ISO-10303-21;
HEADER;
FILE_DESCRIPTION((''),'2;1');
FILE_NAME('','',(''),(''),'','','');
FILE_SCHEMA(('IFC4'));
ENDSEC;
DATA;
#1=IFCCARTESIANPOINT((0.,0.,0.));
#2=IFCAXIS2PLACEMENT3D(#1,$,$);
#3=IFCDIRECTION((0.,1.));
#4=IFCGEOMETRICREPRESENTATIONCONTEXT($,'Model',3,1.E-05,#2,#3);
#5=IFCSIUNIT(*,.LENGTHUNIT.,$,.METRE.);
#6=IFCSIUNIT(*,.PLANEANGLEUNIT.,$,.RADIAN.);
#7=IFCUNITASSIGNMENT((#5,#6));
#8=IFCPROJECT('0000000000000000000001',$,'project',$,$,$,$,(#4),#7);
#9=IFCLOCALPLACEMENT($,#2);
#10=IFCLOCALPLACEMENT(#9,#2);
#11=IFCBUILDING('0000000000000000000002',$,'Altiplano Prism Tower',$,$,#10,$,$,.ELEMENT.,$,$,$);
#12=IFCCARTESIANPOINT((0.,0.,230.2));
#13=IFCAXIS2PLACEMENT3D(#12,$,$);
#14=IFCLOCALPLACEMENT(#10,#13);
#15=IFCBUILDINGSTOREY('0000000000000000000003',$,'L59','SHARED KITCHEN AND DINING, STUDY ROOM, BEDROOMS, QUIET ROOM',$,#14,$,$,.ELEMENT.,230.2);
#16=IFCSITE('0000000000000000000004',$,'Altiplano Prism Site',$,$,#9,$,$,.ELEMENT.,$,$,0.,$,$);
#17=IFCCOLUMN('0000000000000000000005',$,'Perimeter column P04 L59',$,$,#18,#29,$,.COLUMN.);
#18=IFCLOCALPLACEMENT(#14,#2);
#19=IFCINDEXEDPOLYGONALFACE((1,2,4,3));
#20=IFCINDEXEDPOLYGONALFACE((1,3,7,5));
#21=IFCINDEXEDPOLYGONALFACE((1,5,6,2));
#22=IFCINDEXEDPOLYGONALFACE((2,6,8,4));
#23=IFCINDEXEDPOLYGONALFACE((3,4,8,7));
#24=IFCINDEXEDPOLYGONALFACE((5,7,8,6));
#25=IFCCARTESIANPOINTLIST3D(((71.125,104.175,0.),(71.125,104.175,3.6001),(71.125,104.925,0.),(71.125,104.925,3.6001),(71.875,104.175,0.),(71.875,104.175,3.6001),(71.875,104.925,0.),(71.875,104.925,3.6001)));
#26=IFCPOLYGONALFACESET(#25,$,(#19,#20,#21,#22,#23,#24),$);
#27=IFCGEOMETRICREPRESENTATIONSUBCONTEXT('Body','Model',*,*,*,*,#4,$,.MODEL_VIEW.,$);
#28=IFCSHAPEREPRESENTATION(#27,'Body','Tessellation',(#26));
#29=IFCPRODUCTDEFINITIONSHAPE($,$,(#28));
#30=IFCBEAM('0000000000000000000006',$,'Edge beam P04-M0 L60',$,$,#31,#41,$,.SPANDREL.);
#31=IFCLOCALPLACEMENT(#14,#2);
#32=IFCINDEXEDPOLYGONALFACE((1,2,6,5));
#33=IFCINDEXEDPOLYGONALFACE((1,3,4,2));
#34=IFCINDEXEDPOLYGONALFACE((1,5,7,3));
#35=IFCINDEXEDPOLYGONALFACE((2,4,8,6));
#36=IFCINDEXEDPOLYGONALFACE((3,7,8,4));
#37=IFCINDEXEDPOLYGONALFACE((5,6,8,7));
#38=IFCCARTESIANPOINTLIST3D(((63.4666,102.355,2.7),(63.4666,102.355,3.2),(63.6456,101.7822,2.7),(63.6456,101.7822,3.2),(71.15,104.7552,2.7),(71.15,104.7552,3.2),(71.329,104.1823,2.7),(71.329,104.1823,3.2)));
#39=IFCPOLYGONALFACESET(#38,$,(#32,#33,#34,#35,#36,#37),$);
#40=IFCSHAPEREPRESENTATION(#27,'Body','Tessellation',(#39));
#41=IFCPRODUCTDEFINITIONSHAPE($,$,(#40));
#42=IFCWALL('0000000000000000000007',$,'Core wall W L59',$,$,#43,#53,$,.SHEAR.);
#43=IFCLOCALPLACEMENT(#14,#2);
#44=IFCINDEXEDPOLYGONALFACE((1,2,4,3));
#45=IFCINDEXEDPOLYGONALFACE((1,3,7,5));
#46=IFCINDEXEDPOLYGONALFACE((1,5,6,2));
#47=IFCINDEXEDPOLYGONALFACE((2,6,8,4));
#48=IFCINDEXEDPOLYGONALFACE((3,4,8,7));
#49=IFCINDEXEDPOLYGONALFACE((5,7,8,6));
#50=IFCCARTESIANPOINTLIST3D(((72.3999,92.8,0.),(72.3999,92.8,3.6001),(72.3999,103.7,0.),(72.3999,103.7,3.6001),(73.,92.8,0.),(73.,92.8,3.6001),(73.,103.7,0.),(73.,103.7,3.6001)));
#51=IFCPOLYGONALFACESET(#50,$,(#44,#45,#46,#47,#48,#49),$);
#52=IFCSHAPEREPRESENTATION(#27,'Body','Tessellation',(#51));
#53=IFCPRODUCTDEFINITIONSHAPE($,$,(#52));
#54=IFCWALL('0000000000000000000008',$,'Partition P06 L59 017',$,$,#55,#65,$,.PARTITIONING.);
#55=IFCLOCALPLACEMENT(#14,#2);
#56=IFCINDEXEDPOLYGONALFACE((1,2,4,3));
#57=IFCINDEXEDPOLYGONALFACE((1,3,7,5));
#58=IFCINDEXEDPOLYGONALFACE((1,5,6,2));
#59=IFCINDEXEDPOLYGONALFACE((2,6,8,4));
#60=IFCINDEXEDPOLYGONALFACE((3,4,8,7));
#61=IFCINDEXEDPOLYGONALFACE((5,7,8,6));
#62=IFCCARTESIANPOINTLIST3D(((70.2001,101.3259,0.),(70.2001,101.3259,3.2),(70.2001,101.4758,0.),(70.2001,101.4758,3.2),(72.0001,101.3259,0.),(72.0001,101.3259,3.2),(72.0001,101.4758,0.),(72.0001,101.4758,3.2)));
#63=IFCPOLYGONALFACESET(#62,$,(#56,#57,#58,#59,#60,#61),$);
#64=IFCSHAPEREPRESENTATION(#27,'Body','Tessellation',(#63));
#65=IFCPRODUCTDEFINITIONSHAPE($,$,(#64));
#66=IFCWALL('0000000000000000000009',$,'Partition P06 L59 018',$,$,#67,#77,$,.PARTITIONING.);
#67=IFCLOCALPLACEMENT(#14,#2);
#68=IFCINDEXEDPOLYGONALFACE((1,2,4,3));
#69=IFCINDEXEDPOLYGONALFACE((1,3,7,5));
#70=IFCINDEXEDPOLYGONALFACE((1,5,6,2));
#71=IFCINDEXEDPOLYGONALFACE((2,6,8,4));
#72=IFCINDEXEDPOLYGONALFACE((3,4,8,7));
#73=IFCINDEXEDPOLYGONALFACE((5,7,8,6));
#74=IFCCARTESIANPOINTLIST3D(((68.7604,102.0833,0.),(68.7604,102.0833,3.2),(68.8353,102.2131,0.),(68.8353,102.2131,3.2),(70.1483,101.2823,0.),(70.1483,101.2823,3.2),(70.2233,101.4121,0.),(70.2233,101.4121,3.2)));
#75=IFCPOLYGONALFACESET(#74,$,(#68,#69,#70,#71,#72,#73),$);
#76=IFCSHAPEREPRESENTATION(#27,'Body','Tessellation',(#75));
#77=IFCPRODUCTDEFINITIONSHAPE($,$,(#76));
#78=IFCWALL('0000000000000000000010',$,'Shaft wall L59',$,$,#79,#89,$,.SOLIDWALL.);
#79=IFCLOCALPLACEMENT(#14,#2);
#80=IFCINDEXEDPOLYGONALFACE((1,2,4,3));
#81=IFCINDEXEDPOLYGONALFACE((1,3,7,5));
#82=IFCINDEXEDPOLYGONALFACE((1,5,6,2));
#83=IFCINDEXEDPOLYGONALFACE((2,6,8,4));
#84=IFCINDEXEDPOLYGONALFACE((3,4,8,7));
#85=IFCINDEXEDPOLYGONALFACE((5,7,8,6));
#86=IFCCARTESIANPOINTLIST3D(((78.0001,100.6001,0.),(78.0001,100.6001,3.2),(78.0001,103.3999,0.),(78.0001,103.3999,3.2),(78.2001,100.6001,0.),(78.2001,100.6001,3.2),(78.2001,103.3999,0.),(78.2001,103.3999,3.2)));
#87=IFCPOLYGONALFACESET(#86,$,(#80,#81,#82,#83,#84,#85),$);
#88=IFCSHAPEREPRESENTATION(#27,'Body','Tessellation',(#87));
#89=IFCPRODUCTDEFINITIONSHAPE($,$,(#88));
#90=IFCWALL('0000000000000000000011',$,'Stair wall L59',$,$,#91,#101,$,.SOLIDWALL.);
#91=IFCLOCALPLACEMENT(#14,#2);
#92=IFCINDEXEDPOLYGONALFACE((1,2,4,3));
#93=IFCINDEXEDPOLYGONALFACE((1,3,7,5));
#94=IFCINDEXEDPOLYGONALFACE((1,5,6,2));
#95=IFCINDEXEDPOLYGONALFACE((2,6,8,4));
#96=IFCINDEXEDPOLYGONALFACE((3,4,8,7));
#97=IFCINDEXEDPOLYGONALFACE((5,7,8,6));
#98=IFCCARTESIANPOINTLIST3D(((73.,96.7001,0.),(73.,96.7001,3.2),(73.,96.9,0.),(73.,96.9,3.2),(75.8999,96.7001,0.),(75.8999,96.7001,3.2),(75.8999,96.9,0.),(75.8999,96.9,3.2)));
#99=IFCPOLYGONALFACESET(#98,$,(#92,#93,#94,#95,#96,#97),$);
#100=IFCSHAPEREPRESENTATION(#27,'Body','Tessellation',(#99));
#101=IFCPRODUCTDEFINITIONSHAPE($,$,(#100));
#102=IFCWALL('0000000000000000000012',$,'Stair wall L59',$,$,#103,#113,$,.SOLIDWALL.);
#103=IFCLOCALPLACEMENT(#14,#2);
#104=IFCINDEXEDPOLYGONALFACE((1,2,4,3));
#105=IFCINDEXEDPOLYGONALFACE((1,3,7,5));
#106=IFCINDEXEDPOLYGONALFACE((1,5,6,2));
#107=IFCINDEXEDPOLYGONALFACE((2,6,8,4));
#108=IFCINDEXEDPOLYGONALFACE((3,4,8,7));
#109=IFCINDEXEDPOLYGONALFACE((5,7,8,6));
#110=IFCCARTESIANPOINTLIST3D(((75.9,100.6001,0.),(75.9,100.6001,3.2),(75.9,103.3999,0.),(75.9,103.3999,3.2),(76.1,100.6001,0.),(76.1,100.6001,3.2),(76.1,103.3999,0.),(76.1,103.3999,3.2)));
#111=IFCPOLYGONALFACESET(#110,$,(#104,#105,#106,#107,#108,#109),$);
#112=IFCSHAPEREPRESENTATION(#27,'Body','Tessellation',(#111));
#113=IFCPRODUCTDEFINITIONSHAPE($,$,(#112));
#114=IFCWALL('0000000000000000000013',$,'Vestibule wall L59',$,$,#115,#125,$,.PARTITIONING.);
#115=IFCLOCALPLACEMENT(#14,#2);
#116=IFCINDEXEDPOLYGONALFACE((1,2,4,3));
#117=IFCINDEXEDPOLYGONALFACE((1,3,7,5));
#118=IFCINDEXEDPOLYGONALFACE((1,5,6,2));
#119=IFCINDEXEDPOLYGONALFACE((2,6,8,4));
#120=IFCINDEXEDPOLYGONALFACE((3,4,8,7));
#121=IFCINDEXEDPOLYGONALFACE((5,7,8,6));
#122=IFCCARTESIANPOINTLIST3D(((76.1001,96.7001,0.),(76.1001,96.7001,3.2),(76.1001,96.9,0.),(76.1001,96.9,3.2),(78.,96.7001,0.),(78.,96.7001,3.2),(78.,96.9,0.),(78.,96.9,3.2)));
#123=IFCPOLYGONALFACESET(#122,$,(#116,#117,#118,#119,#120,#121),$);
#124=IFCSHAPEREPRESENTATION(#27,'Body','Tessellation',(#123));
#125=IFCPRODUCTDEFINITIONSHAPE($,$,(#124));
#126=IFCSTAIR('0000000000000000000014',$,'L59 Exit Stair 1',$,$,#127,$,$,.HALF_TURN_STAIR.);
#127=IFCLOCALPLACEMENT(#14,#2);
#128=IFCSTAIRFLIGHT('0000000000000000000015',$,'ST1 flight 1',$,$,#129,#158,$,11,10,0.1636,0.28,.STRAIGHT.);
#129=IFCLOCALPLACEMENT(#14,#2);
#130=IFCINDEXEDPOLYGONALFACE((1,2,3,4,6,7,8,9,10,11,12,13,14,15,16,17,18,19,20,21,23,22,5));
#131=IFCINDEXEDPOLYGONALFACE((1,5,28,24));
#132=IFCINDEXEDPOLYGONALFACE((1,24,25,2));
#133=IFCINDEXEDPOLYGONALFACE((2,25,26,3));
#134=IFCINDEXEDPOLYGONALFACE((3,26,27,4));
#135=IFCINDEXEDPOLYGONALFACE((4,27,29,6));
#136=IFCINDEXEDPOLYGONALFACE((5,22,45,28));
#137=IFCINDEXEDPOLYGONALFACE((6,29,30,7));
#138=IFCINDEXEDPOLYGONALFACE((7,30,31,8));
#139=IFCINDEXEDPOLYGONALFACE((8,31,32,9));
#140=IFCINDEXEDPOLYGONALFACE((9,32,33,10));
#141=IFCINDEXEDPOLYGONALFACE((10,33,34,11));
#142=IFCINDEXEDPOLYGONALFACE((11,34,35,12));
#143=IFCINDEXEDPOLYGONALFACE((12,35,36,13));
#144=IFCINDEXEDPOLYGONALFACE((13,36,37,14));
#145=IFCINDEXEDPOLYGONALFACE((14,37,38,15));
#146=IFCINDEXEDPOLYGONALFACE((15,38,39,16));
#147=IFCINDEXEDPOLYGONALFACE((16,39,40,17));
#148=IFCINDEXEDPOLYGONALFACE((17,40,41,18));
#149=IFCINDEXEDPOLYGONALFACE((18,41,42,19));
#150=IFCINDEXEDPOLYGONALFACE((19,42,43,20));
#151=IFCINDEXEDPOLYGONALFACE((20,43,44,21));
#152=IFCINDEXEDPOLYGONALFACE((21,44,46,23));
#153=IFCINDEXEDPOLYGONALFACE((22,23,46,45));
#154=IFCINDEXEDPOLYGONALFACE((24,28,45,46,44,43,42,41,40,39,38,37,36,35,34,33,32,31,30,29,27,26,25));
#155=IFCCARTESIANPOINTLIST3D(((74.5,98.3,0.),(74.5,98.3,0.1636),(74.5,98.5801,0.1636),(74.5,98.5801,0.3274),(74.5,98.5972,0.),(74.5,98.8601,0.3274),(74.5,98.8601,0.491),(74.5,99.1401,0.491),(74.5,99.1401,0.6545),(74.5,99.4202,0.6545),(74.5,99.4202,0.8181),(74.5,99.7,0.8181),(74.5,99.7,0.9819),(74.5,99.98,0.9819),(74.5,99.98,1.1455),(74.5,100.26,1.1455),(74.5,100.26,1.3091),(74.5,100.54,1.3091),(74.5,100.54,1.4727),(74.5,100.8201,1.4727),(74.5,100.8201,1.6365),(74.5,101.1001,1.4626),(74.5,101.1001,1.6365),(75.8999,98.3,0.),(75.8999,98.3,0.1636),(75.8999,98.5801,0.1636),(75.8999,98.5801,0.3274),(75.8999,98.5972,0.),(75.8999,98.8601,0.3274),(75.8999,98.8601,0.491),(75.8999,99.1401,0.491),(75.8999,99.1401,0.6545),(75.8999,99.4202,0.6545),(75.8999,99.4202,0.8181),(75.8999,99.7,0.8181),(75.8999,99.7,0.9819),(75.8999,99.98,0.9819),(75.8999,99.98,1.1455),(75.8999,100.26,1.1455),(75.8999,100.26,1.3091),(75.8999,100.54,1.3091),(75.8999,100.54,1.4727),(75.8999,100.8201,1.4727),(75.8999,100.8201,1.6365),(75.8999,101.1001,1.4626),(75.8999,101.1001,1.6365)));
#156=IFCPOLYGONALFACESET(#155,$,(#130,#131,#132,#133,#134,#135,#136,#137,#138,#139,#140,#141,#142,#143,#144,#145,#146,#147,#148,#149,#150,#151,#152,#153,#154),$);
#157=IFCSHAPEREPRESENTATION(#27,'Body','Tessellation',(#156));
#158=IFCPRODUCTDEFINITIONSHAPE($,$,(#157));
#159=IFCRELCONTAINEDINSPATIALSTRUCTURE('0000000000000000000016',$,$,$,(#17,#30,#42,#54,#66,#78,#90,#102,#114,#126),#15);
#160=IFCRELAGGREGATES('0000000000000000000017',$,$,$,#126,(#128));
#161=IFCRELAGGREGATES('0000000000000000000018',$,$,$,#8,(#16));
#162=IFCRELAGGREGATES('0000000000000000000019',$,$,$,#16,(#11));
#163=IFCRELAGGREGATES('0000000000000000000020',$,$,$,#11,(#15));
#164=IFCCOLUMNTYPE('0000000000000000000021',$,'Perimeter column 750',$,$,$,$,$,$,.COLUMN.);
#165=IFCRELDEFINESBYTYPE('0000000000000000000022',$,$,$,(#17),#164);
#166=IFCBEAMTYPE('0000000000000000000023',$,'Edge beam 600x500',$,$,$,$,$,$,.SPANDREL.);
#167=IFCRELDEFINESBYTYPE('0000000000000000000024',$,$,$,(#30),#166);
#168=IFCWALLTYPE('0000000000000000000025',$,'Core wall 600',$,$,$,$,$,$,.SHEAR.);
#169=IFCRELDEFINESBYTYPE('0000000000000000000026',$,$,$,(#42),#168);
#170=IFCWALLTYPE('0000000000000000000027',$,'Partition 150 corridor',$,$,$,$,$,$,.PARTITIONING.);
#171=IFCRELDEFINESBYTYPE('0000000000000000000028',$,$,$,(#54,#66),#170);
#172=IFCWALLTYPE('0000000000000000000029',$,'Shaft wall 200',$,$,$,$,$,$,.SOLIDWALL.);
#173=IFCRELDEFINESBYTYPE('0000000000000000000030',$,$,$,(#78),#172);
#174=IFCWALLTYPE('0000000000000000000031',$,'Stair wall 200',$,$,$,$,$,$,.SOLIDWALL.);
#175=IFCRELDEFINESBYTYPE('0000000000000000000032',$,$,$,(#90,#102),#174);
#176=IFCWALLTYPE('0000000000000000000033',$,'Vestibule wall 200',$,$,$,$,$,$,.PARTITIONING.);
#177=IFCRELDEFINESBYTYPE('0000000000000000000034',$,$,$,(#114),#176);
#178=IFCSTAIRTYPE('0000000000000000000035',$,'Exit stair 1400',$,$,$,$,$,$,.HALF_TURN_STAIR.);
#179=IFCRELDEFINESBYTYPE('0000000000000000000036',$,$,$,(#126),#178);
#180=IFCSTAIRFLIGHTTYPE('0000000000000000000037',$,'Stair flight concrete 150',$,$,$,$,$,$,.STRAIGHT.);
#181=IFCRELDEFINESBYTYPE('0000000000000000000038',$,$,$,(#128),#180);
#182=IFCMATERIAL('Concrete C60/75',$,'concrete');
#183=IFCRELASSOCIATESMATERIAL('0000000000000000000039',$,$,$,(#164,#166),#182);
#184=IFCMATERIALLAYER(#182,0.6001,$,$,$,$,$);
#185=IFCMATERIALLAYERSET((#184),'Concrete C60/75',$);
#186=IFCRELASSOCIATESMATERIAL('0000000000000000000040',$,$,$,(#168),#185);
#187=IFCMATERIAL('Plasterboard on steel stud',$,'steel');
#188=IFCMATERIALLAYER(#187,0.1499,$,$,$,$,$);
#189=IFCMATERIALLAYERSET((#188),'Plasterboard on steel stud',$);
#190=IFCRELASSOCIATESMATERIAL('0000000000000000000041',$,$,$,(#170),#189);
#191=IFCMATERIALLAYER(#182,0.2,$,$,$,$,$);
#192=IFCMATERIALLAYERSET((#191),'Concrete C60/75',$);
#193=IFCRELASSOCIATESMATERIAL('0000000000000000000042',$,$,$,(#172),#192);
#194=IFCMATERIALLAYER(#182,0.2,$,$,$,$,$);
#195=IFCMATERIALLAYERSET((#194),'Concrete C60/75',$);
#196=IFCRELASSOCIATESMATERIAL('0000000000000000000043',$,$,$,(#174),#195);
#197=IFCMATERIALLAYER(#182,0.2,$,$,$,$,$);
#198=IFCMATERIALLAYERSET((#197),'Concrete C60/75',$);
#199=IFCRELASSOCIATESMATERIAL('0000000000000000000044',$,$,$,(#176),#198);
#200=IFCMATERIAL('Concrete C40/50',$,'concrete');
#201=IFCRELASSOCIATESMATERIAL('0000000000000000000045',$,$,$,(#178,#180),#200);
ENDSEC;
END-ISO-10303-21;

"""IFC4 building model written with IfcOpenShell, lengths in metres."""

from ifc_helpers import new_model, si_unit, direction, frame, frame_2d, origin, origin_2d, place, context, subcontext, project, spatial, polyline, rectangle, outline, extrude, material, layer, layer_set, material_profile, profile_set, type_object, element, aggregate, save


model = new_model("IFC4")

# Units and contexts
model_context = context("Model", 3, precision=1e-05, world=origin(), true_north=direction((0.0, 1.0)))
body_context = subcontext(model_context, "Body", "Model", "MODEL_VIEW")
ifc_project = project(units=[si_unit("LENGTHUNIT", "METRE"), si_unit("PLANEANGLEUNIT", "RADIAN")], contexts=[model_context])

# Site, building, storey
site_placement = place(None, origin())
site = spatial("IfcSite", under=ifc_project, at=site_placement, Name="Altiplano Prism Site", CompositionType="ELEMENT", RefElevation=0.0)
building_placement = place(site_placement, origin())
building = spatial("IfcBuilding", under=site, at=building_placement, Name="Altiplano Prism Tower", CompositionType="ELEMENT")
storey_placement = place(building_placement, frame((0.0, 0.0, 230.2)))
storey = spatial("IfcBuildingStorey", under=building, at=storey_placement, Name="L59", Description="SHARED KITCHEN AND DINING, STUDY ROOM, BEDROOMS, QUIET ROOM", CompositionType="ELEMENT", Elevation=230.2)

# Column
ifc_material_1 = material(Name="Concrete C60/75", Category="concrete")
ifc_material_profile_1 = material_profile(ifc_material_1, rectangle(XDim=0.75, YDim=0.75, at=origin_2d()), Name="Perimeter column 750")
ifc_profile_set_1 = profile_set([ifc_material_profile_1], Name="Concrete C60/75")
column_type = type_object("IfcColumnType", Name="Perimeter column 750", PredefinedType="COLUMN", material=ifc_profile_set_1)
column_placement = place(storey_placement, frame((71.5, 104.55, 0.0), z_axis=(0.0, 0.0, 1.0), x_axis=(1.0, 0.0, 0.0)))
element("IfcColumn", 1, at=column_placement, inside=storey, type_object=column_type, Name="Perimeter column P04 L59", PredefinedType="COLUMN", context=body_context, shape_type="SweptSolid", body=[
    extrude(rectangle(XDim=0.75, YDim=0.75, at=origin_2d()), origin(), (0.0, 0.0, 1.0), 3.6001),
])

# Beam
ifc_material_profile_2 = material_profile(ifc_material_1, rectangle(XDim=0.6001, YDim=0.5, at=origin_2d()), Name="Edge beam 600x500")
ifc_profile_set_2 = profile_set([ifc_material_profile_2], Name="Concrete C60/75")
beam_type = type_object("IfcBeamType", Name="Edge beam 600x500", PredefinedType="SPANDREL", material=ifc_profile_set_2)
beam_placement = place(storey_placement, frame((71.2395, 104.4688, 2.95), z_axis=(-0.954512, -0.298173, 0.0), x_axis=(0.298173, -0.954512, 0.0)))
element("IfcBeam", 2, at=beam_placement, inside=storey, type_object=beam_type, Name="Edge beam P04-M0 L60", PredefinedType="SPANDREL", context=body_context, shape_type="SweptSolid", body=[
    extrude(rectangle(XDim=0.6001, YDim=0.5, at=origin_2d()), origin(), (0.0, 0.0, 1.0), 8.0496),
])

# Walls
ifc_layer_1 = layer(ifc_material_1, 0.6001)
ifc_layer_set_1 = layer_set([ifc_layer_1], Name="Concrete C60/75")
wall_type_1 = type_object("IfcWallType", Name="Core wall 600", PredefinedType="SHEAR", material=ifc_layer_set_1)
wall_1_placement = place(storey_placement, frame((72.7, 103.7, 0.0), z_axis=(0.0, 0.0, 1.0), x_axis=(0.0, -1.0, 0.0)))
element("IfcWall", 3, at=wall_1_placement, inside=storey, type_object=wall_type_1, Name="Core wall W L59", PredefinedType="SHEAR", context=body_context, shape_type="SweptSolid", body=[
    extrude(rectangle(XDim=10.8999, YDim=0.6001, at=frame_2d((5.45, 0.0))), origin(), (0.0, 0.0, 1.0), 3.6001),
])
ifc_material_2 = material(Name="Plasterboard on steel stud", Category="steel")
ifc_layer_2 = layer(ifc_material_2, 0.1499)
ifc_layer_set_2 = layer_set([ifc_layer_2], Name="Plasterboard on steel stud")
wall_type_2 = type_object("IfcWallType", Name="Partition 150 corridor", PredefinedType="PARTITIONING", material=ifc_layer_set_2)
wall_2_placement = place(storey_placement, frame((72.0, 101.4009, 0.0), z_axis=(0.0, 0.0, 1.0), x_axis=(-1.0, 0.0, 0.0)))
element("IfcWall", 4, at=wall_2_placement, inside=storey, type_object=wall_type_2, Name="Partition P06 L59 017", PredefinedType="PARTITIONING", context=body_context, shape_type="SweptSolid", body=[
    extrude(rectangle(XDim=1.8, YDim=0.1499, at=frame_2d((0.8999, 0.0))), origin(), (0.0, 0.0, 1.0), 3.2),
])
wall_3_placement = place(storey_placement, frame((70.1858, 101.3472, 0.0), z_axis=(0.0, 0.0, 1.0), x_axis=(-0.866107, 0.499859, 0.0)))
element("IfcWall", 5, at=wall_3_placement, inside=storey, type_object=wall_type_2, Name="Partition P06 L59 018", PredefinedType="PARTITIONING", context=body_context, shape_type="SweptSolid", body=[
    extrude(rectangle(XDim=1.6025, YDim=0.1499, at=frame_2d((0.8013, 0.0))), origin(), (0.0, 0.0, 1.0), 3.2),
])
ifc_layer_3 = layer(ifc_material_1, 0.2)
ifc_layer_set_3 = layer_set([ifc_layer_3], Name="Concrete C60/75")
wall_type_3 = type_object("IfcWallType", Name="Shaft wall 200", PredefinedType="SOLIDWALL", material=ifc_layer_set_3)
wall_4_placement = place(storey_placement, frame((78.1001, 100.6001, 0.0), z_axis=(0.0, 0.0, 1.0), x_axis=(0.0, 1.0, 0.0)))
element("IfcWall", 6, at=wall_4_placement, inside=storey, type_object=wall_type_3, Name="Shaft wall L59", PredefinedType="SOLIDWALL", context=body_context, shape_type="SweptSolid", body=[
    extrude(rectangle(XDim=2.7998, YDim=0.2, at=frame_2d((1.3999, 0.0))), origin(), (0.0, 0.0, 1.0), 3.2),
])
ifc_layer_4 = layer(ifc_material_1, 0.2)
ifc_layer_set_4 = layer_set([ifc_layer_4], Name="Concrete C60/75")
wall_type_4 = type_object("IfcWallType", Name="Stair wall 200", PredefinedType="SOLIDWALL", material=ifc_layer_set_4)
wall_5_placement = place(storey_placement, frame((73.0, 96.8, 0.0), z_axis=(0.0, 0.0, 1.0), x_axis=(1.0, 0.0, 0.0)))
element("IfcWall", 7, at=wall_5_placement, inside=storey, type_object=wall_type_4, Name="Stair wall L59", PredefinedType="SOLIDWALL", context=body_context, shape_type="SweptSolid", body=[
    extrude(rectangle(XDim=2.8999, YDim=0.2, at=frame_2d((1.45, 0.0))), origin(), (0.0, 0.0, 1.0), 3.2),
])

# Walls
wall_6_placement = place(storey_placement, frame((76.0, 100.6001, 0.0), z_axis=(0.0, 0.0, 1.0), x_axis=(0.0, 1.0, 0.0)))
element("IfcWall", 8, at=wall_6_placement, inside=storey, type_object=wall_type_4, Name="Stair wall L59", PredefinedType="SOLIDWALL", context=body_context, shape_type="SweptSolid", body=[
    extrude(rectangle(XDim=2.7998, YDim=0.2, at=frame_2d((1.3999, 0.0))), origin(), (0.0, 0.0, 1.0), 3.2),
])
ifc_layer_5 = layer(ifc_material_1, 0.2)
ifc_layer_set_5 = layer_set([ifc_layer_5], Name="Concrete C60/75")
wall_type_5 = type_object("IfcWallType", Name="Vestibule wall 200", PredefinedType="PARTITIONING", material=ifc_layer_set_5)
wall_7_placement = place(storey_placement, frame((76.1001, 96.8, 0.0), z_axis=(0.0, 0.0, 1.0), x_axis=(1.0, 0.0, 0.0)))
element("IfcWall", 9, at=wall_7_placement, inside=storey, type_object=wall_type_5, Name="Vestibule wall L59", PredefinedType="PARTITIONING", context=body_context, shape_type="SweptSolid", body=[
    extrude(rectangle(XDim=1.8999, YDim=0.2, at=frame_2d((0.95, 0.0))), origin(), (0.0, 0.0, 1.0), 3.2),
])

# Stair, stair flight
ifc_material_3 = material(Name="Concrete C40/50", Category="concrete")
stair_type = type_object("IfcStairType", Name="Exit stair 1400", PredefinedType="HALF_TURN_STAIR", material=ifc_material_3)
stair_placement = place(storey_placement, origin())
stair = element("IfcStair", 10, at=stair_placement, inside=storey, type_object=stair_type, Name="L59 Exit Stair 1", PredefinedType="HALF_TURN_STAIR")
stair_flight_type = type_object("IfcStairFlightType", Name="Stair flight concrete 150", PredefinedType="STRAIGHT", material=ifc_material_3)
stair_flight_1_placement = place(storey_placement, frame((75.2, 98.3, 0.0), z_axis=(0.0, 0.0, 1.0), x_axis=(0.0, 1.0, 0.0)))
stair_flight_1 = element("IfcStairFlight", 11, at=stair_flight_1_placement, type_object=stair_flight_type, Name="ST1 flight 1", NumberOfRisers=11, NumberOfTreads=10, PredefinedType="STRAIGHT", RiserHeight=0.1636, TreadLength=0.28, context=body_context, shape_type="SweptSolid", body=[
    extrude(outline(polyline([(0.0, 0.0), (0.0, 0.1636), (0.28, 0.1636), (0.28, 0.3274), (0.5601, 0.3274), (0.5601, 0.491), (0.8401, 0.491), (0.8401, 0.6545), (1.1201, 0.6545), (1.1201, 0.8181), (1.3999, 0.8181), (1.3999, 0.9819), (1.6799, 0.9819), (1.6799, 1.1455), (1.96, 1.1455), (1.96, 1.3091), (2.24, 1.3091), (2.24, 1.4727), (2.52, 1.4727), (2.52, 1.6365), (2.8, 1.6365), (2.8, 1.8), (2.8, 1.4626), (0.2971, 0.0), (0.0, 0.0)])), frame((0.0, 0.7, 0.0), z_axis=(0.0, -1.0, 0.0), x_axis=(1.0, 0.0, 0.0)), (0.0, 0.0, 1.0), 1.3999),
])
aggregate(stair, [stair_flight_1])

save(model, "model.ifc")
